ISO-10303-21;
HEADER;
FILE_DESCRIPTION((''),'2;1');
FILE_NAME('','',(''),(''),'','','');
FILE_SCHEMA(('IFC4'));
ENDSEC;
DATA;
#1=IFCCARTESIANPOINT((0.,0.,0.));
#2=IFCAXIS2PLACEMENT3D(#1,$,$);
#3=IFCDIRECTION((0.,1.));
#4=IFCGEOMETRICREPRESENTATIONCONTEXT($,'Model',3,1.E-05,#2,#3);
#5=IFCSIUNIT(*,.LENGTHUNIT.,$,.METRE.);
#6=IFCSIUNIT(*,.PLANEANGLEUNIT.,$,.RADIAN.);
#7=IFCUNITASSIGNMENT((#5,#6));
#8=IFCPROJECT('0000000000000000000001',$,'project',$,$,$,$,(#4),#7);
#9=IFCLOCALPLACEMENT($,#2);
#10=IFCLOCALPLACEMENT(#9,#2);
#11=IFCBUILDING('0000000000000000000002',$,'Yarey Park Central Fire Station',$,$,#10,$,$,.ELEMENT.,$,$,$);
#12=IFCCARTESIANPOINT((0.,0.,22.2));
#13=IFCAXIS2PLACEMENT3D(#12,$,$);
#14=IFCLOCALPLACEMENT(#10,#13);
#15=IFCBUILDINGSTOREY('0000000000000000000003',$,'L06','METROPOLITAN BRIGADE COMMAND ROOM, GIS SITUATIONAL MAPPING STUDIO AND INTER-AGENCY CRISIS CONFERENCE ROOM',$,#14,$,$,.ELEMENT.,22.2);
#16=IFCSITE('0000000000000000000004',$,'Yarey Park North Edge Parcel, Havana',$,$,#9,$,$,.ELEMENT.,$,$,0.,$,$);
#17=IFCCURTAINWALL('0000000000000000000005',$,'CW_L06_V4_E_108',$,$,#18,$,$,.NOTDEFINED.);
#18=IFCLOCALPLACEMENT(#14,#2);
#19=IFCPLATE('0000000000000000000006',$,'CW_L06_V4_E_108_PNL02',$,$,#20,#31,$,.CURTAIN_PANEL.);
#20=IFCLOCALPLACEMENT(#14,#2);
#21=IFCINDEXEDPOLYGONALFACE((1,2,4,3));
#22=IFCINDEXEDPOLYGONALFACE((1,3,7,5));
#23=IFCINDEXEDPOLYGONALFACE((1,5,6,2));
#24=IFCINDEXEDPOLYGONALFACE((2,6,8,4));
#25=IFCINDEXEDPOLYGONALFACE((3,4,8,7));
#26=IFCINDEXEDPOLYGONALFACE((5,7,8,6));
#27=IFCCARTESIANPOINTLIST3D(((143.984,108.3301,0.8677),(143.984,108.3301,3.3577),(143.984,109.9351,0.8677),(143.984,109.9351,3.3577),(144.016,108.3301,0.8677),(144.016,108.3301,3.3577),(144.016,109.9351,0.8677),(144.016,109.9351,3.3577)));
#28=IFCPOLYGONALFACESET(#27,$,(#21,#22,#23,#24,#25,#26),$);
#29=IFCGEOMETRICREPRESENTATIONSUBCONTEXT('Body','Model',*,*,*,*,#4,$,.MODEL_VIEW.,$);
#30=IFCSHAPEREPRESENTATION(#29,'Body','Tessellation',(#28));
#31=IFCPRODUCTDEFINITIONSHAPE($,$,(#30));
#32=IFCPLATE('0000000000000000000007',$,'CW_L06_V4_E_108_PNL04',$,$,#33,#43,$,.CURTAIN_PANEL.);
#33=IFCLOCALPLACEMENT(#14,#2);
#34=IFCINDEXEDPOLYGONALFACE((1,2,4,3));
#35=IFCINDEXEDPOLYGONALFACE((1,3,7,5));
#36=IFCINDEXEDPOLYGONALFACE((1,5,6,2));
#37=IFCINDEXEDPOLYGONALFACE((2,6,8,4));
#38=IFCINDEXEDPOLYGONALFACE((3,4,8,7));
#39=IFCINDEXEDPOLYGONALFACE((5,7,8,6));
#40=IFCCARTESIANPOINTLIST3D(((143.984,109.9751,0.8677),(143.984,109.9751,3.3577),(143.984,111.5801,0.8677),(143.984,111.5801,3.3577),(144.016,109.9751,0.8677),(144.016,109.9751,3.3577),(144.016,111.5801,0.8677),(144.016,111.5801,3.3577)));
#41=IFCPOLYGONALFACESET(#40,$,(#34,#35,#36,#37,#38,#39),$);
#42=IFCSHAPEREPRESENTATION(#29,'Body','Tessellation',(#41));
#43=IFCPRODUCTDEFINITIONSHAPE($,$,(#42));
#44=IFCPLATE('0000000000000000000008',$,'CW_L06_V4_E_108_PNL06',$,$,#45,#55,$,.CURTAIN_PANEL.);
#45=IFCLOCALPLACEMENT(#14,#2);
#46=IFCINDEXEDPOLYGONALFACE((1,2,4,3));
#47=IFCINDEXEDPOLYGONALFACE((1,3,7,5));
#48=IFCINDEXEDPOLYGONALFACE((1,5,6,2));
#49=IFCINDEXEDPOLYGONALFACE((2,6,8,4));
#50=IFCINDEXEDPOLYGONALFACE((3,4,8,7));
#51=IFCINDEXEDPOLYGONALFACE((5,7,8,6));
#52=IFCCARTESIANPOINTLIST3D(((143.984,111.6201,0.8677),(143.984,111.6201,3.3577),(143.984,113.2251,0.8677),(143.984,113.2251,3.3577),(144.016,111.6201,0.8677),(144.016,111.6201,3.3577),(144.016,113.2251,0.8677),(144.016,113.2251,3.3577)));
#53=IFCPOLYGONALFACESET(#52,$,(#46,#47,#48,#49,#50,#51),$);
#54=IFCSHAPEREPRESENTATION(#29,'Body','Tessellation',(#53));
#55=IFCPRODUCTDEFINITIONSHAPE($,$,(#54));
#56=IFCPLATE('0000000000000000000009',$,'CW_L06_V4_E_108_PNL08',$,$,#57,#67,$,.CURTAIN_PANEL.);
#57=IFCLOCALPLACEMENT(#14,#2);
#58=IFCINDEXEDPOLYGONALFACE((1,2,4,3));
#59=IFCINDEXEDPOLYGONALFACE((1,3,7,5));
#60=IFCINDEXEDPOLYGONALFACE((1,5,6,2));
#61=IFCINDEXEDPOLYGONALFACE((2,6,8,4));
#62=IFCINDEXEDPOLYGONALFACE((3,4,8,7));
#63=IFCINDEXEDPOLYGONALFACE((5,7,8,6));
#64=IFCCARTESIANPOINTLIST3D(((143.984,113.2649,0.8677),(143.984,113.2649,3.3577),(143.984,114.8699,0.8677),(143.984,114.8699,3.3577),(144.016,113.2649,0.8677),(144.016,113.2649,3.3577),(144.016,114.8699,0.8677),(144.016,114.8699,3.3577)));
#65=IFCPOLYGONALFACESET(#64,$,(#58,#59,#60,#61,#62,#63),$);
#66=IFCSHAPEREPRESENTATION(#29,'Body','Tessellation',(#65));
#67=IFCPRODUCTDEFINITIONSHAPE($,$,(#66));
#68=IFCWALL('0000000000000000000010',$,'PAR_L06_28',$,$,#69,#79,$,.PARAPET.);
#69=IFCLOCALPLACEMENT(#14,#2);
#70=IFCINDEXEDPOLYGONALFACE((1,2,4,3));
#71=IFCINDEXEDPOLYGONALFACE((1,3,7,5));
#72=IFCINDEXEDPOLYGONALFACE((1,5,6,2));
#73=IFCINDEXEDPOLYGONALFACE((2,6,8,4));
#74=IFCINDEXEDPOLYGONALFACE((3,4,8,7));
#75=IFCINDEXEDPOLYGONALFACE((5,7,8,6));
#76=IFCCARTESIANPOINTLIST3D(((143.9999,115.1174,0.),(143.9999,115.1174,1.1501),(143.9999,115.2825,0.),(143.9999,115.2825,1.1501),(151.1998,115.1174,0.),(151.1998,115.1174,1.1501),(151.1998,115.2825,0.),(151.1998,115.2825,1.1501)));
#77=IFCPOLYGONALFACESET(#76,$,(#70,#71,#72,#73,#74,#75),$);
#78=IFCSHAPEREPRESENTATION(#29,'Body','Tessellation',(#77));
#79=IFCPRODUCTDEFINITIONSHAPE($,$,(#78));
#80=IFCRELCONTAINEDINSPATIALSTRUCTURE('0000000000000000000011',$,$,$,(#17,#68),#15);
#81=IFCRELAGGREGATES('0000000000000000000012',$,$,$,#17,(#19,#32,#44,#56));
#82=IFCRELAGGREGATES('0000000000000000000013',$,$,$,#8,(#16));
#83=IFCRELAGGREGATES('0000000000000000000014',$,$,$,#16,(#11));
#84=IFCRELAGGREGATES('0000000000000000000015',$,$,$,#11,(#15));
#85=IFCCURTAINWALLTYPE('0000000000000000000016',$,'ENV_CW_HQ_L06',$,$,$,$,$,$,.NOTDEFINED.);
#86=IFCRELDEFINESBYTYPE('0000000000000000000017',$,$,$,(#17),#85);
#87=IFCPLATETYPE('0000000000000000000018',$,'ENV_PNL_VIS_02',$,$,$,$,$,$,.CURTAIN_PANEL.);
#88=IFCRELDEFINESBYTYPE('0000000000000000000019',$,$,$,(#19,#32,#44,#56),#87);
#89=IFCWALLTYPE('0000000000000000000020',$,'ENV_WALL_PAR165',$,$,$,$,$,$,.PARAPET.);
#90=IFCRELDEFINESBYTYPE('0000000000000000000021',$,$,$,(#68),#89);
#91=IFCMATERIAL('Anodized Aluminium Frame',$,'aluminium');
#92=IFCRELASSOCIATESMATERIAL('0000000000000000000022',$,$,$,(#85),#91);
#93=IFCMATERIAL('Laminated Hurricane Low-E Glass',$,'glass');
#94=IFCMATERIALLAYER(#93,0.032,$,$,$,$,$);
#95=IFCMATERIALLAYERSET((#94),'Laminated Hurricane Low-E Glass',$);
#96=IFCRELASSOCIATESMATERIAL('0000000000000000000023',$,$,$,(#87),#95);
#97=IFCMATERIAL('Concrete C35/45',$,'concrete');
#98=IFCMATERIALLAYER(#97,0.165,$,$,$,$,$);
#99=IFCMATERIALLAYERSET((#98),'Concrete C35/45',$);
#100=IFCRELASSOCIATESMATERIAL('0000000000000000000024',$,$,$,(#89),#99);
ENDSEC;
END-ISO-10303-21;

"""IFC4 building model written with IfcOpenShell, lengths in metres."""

from ifc_helpers import new_model, si_unit, direction, frame, frame_2d, origin, origin_2d, place, context, subcontext, project, spatial, rectangle, extrude, material, layer, layer_set, type_object, element, aggregate, save


model = new_model("IFC4")

# Units and contexts
model_context = context("Model", 3, precision=1e-05, world=origin(), true_north=direction((0.0, 1.0)))
body_context = subcontext(model_context, "Body", "Model", "MODEL_VIEW")
ifc_project = project(units=[si_unit("LENGTHUNIT", "METRE"), si_unit("PLANEANGLEUNIT", "RADIAN")], contexts=[model_context])

# Site, building, storey
site_placement = place(None, origin())
site = spatial("IfcSite", under=ifc_project, at=site_placement, Name="Yarey Park North Edge Parcel, Havana", CompositionType="ELEMENT", RefElevation=0.0)
building_placement = place(site_placement, origin())
building = spatial("IfcBuilding", under=site, at=building_placement, Name="Yarey Park Central Fire Station", CompositionType="ELEMENT")
storey_placement = place(building_placement, frame((0.0, 0.0, 22.2)))
storey = spatial("IfcBuildingStorey", under=building, at=storey_placement, Name="L06", Description="METROPOLITAN BRIGADE COMMAND ROOM, GIS SITUATIONAL MAPPING STUDIO AND INTER-AGENCY CRISIS CONFERENCE ROOM", CompositionType="ELEMENT", Elevation=22.2)

# Shared definitions
ifc_material_1 = material(Name="Anodized Aluminium Frame", Category="aluminium")
curtain_wall_type = type_object("IfcCurtainWallType", Name="ENV_CW_HQ_L06", PredefinedType="NOTDEFINED", material=ifc_material_1)

# Curtain wall
curtain_wall_1_placement = place(storey_placement, origin())
curtain_wall_1 = element("IfcCurtainWall", 1, at=curtain_wall_1_placement, inside=storey, type_object=curtain_wall_type, Name="CW_L06_V4_E_108", PredefinedType="NOTDEFINED")

# Plates
ifc_material_2 = material(Name="Laminated Hurricane Low-E Glass", Category="glass")
ifc_layer_1 = layer(ifc_material_2, 0.032)
ifc_layer_set_1 = layer_set([ifc_layer_1], Name="Laminated Hurricane Low-E Glass")
plate_type_1 = type_object("IfcPlateType", Name="ENV_PNL_VIS_02", PredefinedType="CURTAIN_PANEL", material=ifc_layer_set_1)
plate_1_placement = place(storey_placement, frame((144.0, 109.1326, 0.8677), z_axis=(0.0, 0.0, 1.0), x_axis=(0.0, 1.0, 0.0)))
plate_1 = element("IfcPlate", 2, at=plate_1_placement, type_object=plate_type_1, Name="CW_L06_V4_E_108_PNL02", PredefinedType="CURTAIN_PANEL", context=body_context, shape_type="SweptSolid", body=[
    extrude(rectangle(XDim=1.605, YDim=0.032, at=origin_2d()), origin(), (0.0, 0.0, 1.0), 2.49),
])
plate_2_placement = place(storey_placement, frame((144.0, 110.7776, 0.8677), z_axis=(0.0, 0.0, 1.0), x_axis=(0.0, 1.0, 0.0)))
plate_2 = element("IfcPlate", 3, at=plate_2_placement, type_object=plate_type_1, Name="CW_L06_V4_E_108_PNL04", PredefinedType="CURTAIN_PANEL", context=body_context, shape_type="SweptSolid", body=[
    extrude(rectangle(XDim=1.605, YDim=0.032, at=origin_2d()), origin(), (0.0, 0.0, 1.0), 2.49),
])
plate_3_placement = place(storey_placement, frame((144.0, 112.4226, 0.8677), z_axis=(0.0, 0.0, 1.0), x_axis=(0.0, 1.0, 0.0)))
plate_3 = element("IfcPlate", 4, at=plate_3_placement, type_object=plate_type_1, Name="CW_L06_V4_E_108_PNL06", PredefinedType="CURTAIN_PANEL", context=body_context, shape_type="SweptSolid", body=[
    extrude(rectangle(XDim=1.605, YDim=0.032, at=origin_2d()), origin(), (0.0, 0.0, 1.0), 2.49),
])
plate_4_placement = place(storey_placement, frame((144.0, 114.0674, 0.8677), z_axis=(0.0, 0.0, 1.0), x_axis=(0.0, 1.0, 0.0)))
plate_4 = element("IfcPlate", 5, at=plate_4_placement, type_object=plate_type_1, Name="CW_L06_V4_E_108_PNL08", PredefinedType="CURTAIN_PANEL", context=body_context, shape_type="SweptSolid", body=[
    extrude(rectangle(XDim=1.605, YDim=0.032, at=origin_2d()), origin(), (0.0, 0.0, 1.0), 2.49),
])
aggregate(curtain_wall_1, [plate_1, plate_2, plate_3, plate_4])

# Wall
ifc_material_3 = material(Name="Concrete C35/45", Category="concrete")
ifc_layer_2 = layer(ifc_material_3, 0.165)
ifc_layer_set_2 = layer_set([ifc_layer_2], Name="Concrete C35/45")
wall_type = type_object("IfcWallType", Name="ENV_WALL_PAR165", PredefinedType="PARAPET", material=ifc_layer_set_2)
wall_placement = place(storey_placement, frame((151.2, 115.2, 0.0), z_axis=(0.0, 0.0, 1.0), x_axis=(-1.0, 0.0, 0.0)))
element("IfcWall", 6, at=wall_placement, inside=storey, type_object=wall_type, Name="PAR_L06_28", PredefinedType="PARAPET", context=body_context, shape_type="SweptSolid", body=[
    extrude(rectangle(XDim=7.2, YDim=0.165, at=frame_2d((3.6001, 0.0))), origin(), (0.0, 0.0, 1.0), 1.1501),
])

save(model, "model.ifc")
